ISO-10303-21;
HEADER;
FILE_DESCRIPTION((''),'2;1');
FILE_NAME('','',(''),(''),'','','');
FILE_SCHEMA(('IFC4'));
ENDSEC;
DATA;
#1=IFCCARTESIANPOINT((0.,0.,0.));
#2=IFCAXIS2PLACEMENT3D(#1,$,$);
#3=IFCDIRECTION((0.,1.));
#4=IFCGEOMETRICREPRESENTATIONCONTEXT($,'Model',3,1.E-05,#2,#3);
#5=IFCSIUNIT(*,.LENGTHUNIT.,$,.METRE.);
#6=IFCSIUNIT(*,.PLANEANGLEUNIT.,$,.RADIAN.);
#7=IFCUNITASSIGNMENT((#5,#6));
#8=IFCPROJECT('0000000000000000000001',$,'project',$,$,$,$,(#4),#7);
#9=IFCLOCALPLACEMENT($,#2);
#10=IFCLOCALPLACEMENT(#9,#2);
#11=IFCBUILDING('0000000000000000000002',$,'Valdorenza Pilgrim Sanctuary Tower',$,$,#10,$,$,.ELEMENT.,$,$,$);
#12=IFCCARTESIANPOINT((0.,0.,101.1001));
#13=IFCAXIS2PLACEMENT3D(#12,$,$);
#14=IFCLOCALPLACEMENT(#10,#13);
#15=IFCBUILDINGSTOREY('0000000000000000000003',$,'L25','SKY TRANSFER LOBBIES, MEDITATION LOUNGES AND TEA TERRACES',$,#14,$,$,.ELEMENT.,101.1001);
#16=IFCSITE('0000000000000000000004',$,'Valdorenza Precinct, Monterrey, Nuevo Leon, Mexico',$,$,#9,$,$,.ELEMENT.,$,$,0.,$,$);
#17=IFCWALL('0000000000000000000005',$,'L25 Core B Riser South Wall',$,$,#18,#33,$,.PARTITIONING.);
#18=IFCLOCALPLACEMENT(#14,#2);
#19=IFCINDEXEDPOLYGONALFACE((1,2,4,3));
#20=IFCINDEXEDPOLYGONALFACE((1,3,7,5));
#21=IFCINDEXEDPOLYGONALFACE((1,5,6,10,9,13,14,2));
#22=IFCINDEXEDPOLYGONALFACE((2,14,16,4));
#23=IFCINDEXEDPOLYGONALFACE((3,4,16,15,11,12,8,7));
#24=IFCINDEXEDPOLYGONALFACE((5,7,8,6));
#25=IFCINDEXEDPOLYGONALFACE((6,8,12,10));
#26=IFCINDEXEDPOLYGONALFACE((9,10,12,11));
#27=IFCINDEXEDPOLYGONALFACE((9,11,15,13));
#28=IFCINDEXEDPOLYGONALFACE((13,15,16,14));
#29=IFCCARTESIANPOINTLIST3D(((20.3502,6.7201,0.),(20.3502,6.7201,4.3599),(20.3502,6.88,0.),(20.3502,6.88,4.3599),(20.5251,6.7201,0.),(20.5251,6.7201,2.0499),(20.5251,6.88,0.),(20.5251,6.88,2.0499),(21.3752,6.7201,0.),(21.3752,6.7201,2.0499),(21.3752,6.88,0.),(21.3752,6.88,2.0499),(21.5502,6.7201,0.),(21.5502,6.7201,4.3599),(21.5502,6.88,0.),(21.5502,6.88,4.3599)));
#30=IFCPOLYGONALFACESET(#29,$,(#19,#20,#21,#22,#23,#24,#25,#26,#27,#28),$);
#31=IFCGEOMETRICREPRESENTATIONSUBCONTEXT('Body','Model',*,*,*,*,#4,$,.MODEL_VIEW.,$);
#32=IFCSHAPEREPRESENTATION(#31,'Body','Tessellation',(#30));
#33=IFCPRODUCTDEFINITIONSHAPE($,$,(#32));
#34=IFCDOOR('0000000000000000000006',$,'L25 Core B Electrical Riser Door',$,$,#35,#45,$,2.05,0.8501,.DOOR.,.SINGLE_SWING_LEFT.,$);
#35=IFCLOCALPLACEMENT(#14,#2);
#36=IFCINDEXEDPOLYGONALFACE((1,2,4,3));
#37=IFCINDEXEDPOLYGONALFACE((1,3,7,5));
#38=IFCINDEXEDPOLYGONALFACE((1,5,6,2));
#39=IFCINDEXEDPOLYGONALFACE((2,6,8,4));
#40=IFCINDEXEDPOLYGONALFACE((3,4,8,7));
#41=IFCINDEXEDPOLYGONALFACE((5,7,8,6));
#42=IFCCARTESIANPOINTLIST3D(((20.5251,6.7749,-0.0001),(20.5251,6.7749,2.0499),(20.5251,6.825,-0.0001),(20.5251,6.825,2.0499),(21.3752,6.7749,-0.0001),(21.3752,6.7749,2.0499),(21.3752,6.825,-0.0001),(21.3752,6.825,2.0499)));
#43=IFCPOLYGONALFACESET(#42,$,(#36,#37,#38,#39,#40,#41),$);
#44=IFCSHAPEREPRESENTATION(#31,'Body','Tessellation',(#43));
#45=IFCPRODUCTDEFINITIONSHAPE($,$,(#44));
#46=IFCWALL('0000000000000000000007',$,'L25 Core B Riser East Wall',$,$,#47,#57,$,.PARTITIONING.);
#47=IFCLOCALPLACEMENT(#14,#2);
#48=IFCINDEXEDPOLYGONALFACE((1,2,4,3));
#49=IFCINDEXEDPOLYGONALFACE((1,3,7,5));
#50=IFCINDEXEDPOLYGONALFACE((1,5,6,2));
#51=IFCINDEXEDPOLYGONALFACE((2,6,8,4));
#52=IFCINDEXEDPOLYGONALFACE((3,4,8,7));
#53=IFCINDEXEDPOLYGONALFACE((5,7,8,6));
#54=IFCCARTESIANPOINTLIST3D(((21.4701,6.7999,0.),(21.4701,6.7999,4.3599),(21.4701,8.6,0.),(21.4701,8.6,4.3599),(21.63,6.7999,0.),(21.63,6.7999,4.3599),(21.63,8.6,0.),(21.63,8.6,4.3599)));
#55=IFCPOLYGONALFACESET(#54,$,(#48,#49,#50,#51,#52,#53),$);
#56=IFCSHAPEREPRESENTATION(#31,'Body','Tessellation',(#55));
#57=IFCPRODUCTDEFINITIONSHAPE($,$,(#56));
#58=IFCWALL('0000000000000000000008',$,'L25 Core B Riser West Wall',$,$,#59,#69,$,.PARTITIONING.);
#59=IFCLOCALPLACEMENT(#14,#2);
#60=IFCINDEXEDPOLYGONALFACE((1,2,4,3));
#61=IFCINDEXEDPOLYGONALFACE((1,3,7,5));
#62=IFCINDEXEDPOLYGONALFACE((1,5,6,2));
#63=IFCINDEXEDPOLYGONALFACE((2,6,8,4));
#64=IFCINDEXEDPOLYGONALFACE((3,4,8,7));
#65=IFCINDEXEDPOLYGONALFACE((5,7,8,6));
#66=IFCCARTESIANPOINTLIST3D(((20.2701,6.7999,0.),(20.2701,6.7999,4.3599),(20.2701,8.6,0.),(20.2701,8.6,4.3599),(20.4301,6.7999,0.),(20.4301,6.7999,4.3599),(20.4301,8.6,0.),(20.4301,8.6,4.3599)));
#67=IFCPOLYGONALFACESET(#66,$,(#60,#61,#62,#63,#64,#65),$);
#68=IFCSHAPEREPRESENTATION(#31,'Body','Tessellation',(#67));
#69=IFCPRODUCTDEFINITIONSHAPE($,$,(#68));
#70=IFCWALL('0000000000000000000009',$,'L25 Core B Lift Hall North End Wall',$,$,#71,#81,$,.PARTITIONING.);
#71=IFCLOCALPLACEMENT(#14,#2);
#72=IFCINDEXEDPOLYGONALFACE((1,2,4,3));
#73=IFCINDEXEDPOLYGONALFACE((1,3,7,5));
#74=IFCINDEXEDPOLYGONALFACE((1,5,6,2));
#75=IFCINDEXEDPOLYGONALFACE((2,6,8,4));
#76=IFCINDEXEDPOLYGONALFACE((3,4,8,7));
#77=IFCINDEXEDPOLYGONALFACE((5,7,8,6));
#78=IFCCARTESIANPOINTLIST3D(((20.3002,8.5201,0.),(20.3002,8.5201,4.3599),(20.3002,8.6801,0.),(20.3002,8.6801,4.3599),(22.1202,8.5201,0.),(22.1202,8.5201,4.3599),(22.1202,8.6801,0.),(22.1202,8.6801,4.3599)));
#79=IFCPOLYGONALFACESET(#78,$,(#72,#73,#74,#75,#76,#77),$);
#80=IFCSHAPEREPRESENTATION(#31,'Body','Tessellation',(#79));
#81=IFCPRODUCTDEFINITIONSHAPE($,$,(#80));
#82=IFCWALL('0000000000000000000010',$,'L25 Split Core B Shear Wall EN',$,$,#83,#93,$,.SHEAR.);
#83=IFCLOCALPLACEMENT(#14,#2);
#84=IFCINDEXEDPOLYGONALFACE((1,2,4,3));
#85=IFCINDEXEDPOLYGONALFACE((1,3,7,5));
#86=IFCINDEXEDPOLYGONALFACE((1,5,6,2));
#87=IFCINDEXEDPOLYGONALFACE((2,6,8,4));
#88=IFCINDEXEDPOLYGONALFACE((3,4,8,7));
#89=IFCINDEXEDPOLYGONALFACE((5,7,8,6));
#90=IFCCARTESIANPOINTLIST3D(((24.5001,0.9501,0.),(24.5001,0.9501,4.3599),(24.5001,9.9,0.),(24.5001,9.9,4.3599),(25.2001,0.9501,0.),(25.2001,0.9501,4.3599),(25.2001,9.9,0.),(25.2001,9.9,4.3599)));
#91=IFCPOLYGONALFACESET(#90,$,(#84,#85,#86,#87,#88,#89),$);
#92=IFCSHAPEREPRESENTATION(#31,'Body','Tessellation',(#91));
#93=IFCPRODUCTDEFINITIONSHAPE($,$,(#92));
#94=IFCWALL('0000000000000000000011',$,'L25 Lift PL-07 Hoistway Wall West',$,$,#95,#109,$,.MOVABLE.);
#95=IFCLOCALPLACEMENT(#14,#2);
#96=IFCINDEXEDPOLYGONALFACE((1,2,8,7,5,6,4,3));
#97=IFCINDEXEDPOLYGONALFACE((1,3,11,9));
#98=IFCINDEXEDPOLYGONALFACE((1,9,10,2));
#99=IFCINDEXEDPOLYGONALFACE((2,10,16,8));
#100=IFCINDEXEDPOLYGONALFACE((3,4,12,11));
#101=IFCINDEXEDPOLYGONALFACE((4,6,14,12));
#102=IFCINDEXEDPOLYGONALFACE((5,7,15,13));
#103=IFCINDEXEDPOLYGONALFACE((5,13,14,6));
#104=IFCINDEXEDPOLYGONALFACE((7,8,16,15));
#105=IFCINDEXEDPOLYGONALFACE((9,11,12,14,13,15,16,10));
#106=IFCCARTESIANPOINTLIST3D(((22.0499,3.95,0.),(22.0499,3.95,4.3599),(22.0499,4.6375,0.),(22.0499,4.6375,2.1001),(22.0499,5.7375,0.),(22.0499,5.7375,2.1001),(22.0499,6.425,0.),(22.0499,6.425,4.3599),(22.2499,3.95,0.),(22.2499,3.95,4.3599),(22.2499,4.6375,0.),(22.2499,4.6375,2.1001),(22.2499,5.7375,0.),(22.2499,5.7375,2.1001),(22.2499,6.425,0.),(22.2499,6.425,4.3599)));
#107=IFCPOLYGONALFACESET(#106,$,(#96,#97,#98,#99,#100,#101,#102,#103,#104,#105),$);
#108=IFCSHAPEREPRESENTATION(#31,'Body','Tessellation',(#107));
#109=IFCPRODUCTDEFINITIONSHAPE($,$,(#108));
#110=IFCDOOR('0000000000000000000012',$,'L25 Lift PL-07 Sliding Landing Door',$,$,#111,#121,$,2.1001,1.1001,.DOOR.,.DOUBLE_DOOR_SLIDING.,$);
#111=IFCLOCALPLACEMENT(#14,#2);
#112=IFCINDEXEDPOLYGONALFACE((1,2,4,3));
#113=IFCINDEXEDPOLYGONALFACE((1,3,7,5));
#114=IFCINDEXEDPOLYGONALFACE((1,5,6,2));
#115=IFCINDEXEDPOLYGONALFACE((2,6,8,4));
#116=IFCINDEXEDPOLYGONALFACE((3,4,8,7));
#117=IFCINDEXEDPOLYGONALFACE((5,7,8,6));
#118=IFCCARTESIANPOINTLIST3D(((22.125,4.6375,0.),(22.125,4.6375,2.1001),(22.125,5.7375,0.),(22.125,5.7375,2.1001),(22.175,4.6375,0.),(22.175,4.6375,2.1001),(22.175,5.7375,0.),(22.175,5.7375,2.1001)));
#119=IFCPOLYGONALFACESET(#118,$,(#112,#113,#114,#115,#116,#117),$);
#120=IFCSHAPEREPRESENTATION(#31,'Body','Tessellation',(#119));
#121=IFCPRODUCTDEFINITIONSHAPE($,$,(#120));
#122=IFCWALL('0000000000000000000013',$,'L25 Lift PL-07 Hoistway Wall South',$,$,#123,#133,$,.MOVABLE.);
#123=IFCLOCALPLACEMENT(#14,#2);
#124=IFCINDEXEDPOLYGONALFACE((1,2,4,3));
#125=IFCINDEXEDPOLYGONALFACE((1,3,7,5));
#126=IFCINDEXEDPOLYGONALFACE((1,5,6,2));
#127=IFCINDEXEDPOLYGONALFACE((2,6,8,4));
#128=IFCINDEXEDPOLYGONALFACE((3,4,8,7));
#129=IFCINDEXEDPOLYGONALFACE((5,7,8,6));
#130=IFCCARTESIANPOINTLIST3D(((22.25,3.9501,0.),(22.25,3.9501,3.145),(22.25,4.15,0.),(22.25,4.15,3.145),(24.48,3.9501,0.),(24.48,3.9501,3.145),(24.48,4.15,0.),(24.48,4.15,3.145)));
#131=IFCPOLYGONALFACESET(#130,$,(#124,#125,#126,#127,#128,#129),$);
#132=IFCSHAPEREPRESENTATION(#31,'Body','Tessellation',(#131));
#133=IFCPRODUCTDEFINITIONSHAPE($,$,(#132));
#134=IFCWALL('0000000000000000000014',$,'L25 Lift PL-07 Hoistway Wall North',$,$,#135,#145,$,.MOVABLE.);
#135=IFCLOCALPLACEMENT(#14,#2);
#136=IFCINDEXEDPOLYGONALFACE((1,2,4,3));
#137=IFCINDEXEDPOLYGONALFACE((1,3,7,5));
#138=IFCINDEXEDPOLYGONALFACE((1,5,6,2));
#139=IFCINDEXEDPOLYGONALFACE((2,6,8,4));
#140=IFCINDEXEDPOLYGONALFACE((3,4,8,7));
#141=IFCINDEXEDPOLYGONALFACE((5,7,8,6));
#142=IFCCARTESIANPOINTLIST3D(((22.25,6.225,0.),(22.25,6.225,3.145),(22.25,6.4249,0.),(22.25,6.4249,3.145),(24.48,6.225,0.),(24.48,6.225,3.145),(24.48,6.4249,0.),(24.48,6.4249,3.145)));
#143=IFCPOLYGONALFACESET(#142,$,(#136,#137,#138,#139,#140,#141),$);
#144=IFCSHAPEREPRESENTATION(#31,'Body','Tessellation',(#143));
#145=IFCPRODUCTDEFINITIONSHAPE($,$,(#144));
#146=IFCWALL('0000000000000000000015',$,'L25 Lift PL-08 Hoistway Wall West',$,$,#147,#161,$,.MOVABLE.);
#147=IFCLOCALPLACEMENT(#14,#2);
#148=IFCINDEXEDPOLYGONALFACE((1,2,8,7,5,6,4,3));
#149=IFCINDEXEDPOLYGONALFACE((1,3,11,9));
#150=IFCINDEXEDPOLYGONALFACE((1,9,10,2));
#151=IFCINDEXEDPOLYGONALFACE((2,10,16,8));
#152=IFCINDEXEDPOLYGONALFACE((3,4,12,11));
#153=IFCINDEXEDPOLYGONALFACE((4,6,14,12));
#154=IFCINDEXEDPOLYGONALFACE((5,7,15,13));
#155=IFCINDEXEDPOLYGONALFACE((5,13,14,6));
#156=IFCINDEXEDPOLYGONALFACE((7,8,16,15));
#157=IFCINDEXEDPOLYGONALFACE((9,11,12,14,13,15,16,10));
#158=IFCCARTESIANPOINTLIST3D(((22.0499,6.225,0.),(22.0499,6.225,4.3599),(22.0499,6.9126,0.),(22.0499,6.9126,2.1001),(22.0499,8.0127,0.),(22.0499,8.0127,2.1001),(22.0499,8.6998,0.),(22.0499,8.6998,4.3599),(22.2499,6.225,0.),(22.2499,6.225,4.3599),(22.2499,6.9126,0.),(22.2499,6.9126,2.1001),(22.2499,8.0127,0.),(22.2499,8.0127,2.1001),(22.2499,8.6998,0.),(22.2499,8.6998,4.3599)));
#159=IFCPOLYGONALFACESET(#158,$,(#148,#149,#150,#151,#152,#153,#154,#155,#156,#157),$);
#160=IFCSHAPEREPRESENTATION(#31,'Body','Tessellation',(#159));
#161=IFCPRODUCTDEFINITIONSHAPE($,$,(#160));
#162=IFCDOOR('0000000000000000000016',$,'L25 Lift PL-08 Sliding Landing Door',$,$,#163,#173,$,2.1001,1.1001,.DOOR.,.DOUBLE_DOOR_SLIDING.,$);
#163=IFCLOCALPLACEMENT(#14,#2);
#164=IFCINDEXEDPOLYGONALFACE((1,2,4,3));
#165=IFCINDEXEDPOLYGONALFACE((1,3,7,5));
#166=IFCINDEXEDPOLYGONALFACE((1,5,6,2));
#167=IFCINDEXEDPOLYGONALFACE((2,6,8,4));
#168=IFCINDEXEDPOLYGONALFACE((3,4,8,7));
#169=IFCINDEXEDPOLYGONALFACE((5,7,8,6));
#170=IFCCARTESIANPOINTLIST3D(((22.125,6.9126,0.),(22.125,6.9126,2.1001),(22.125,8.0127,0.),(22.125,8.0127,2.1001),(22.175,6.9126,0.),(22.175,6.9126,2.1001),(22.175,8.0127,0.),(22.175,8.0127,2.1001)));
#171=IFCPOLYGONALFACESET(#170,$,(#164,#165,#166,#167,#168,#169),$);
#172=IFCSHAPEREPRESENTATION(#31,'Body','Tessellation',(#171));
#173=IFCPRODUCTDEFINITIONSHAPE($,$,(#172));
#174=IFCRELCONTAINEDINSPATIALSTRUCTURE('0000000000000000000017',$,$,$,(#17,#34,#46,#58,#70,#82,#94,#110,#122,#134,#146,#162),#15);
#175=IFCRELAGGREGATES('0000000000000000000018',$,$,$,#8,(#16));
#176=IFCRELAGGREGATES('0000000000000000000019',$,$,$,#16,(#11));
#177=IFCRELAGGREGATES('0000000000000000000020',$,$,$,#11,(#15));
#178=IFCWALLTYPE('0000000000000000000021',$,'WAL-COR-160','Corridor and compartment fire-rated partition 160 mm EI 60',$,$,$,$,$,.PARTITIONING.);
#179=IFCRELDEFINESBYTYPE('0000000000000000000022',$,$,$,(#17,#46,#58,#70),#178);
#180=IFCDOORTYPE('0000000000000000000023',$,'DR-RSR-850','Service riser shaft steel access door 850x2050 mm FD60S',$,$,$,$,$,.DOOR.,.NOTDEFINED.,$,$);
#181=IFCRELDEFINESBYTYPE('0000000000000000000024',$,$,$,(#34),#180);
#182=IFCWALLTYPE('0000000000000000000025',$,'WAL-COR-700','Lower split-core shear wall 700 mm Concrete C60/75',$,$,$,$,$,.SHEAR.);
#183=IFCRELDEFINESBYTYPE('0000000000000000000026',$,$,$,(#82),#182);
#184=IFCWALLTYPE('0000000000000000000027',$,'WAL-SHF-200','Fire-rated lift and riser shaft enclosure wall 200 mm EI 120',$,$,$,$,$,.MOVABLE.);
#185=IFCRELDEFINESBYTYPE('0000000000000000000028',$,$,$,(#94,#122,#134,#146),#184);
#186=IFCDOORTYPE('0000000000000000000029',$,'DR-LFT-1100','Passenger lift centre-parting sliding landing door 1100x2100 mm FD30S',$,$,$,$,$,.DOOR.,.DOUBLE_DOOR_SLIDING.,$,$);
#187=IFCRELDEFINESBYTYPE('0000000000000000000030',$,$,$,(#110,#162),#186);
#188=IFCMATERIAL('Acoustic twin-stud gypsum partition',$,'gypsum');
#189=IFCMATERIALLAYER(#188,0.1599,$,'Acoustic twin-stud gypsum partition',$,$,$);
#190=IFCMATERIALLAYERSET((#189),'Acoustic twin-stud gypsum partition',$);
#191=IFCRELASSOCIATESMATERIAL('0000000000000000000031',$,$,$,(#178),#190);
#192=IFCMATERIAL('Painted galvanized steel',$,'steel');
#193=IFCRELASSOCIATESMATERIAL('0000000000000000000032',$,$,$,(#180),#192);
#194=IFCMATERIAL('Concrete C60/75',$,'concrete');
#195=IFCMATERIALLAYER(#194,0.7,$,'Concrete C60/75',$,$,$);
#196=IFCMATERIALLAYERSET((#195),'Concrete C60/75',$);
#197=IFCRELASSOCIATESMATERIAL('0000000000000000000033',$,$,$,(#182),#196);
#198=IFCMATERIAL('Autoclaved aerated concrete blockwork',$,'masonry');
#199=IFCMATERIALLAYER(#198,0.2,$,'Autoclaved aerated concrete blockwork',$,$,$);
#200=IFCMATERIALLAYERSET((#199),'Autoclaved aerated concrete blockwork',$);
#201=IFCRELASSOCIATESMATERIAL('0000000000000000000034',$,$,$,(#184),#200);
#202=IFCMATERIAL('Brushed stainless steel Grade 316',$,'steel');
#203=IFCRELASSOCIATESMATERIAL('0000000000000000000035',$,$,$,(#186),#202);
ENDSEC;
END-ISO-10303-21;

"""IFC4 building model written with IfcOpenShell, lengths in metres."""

from ifc_helpers import new_model, si_unit, direction, frame, frame_2d, origin, place, context, subcontext, project, spatial, rectangle, extrude, material, layer, layer_set, type_object, element, fill, save


model = new_model("IFC4")

# Units and contexts
model_context = context("Model", 3, precision=1e-05, world=origin(), true_north=direction((0.0, 1.0)))
body_context = subcontext(model_context, "Body", "Model", "MODEL_VIEW")
ifc_project = project(units=[si_unit("LENGTHUNIT", "METRE"), si_unit("PLANEANGLEUNIT", "RADIAN")], contexts=[model_context])

# Site, building, storey
site_placement = place(None, origin())
site = spatial("IfcSite", under=ifc_project, at=site_placement, Name="Valdorenza Precinct, Monterrey, Nuevo Leon, Mexico", CompositionType="ELEMENT", RefElevation=0.0)
building_placement = place(site_placement, origin())
building = spatial("IfcBuilding", under=site, at=building_placement, Name="Valdorenza Pilgrim Sanctuary Tower", CompositionType="ELEMENT")
storey_placement = place(building_placement, frame((0.0, 0.0, 101.1001)))
storey = spatial("IfcBuildingStorey", under=building, at=storey_placement, Name="L25", Description="SKY TRANSFER LOBBIES, MEDITATION LOUNGES AND TEA TERRACES", CompositionType="ELEMENT", Elevation=101.1001)

# Wall, opening, door
ifc_material_1 = material(Name="Acoustic twin-stud gypsum partition", Category="gypsum")
ifc_layer_1 = layer(ifc_material_1, 0.1599, Name="Acoustic twin-stud gypsum partition")
ifc_layer_set_1 = layer_set([ifc_layer_1], Name="Acoustic twin-stud gypsum partition")
wall_type_1 = type_object("IfcWallType", Name="WAL-COR-160", Description="Corridor and compartment fire-rated partition 160 mm EI 60", PredefinedType="PARTITIONING", material=ifc_layer_set_1)
wall_1_placement = place(storey_placement, frame((20.3501, 6.8, 0.0), z_axis=(0.0, 0.0, 1.0), x_axis=(1.0, 0.0, 0.0)))
wall_1 = element("IfcWall", 1, at=wall_1_placement, inside=storey, type_object=wall_type_1, Name="L25 Core B Riser South Wall", PredefinedType="PARTITIONING", context=body_context, shape_type="SweptSolid", body=[
    extrude(rectangle(XDim=1.2, YDim=0.1599, at=frame_2d((0.6001, 0.0))), origin(), (0.0, 0.0, 1.0), 4.3599),
])
opening_1_placement = place(wall_1_placement, frame((0.175, 0.0, 0.0)))
opening_1 = element("IfcOpeningElement", 2, at=opening_1_placement, cuts=wall_1, PredefinedType="OPENING", context=body_context, shape_type="SweptSolid", body=[
    extrude(rectangle(XDim=0.8501, YDim=2.05, at=frame_2d((0.425, 1.0249))), frame((0.0, 0.0947, 0.0), z_axis=(0.0, -1.0, 0.0), x_axis=(1.0, 0.0, 0.0)), (0.0, 0.0, 1.0), 0.1897),
])
ifc_material_2 = material(Name="Painted galvanized steel", Category="steel")
door_type_1 = type_object("IfcDoorType", Name="DR-RSR-850", Description="Service riser shaft steel access door 850x2050 mm FD60S", OperationType="NOTDEFINED", PredefinedType="DOOR", material=ifc_material_2)
door_1_placement = place(opening_1_placement, origin())
door_1 = element("IfcDoor", 3, at=door_1_placement, inside=storey, type_object=door_type_1, Name="L25 Core B Electrical Riser Door", OperationType="SINGLE_SWING_LEFT", OverallHeight=2.05, OverallWidth=0.8501, PredefinedType="DOOR", context=body_context, shape_type="SweptSolid", body=[
    extrude(rectangle(XDim=0.8501, YDim=2.05, at=frame_2d((0.425, 1.0249))), frame((0.0, 0.0249, 0.0), z_axis=(0.0, -1.0, 0.0), x_axis=(1.0, 0.0, 0.0)), (0.0, 0.0, 1.0), 0.05),
])
fill(opening_1, door_1)

# Walls
for number, where, z_axis, x_axis, name in (
    (4, (21.55, 6.8, 0.0), (0.0, 0.0, 1.0), (0.0, 1.0, 0.0), "L25 Core B Riser East Wall"),
    (5, (20.3501, 6.8, 0.0), (0.0, 0.0, 1.0), (0.0, 1.0, 0.0), "L25 Core B Riser West Wall"),
):
    element("IfcWall", number, at=place(storey_placement, frame(where, z_axis=z_axis, x_axis=x_axis)), inside=storey, type_object=wall_type_1, Name=name, PredefinedType="PARTITIONING", context=body_context, shape_type="SweptSolid", body=[
        extrude(rectangle(XDim=1.8, YDim=0.1599, at=frame_2d((0.8999, 0.0))), origin(), (0.0, 0.0, 1.0), 4.3599),
    ])
wall_2_placement = place(storey_placement, frame((20.3, 8.6001, 0.0), z_axis=(0.0, 0.0, 1.0), x_axis=(1.0, 0.0, 0.0)))
element("IfcWall", 6, at=wall_2_placement, inside=storey, type_object=wall_type_1, Name="L25 Core B Lift Hall North End Wall", PredefinedType="PARTITIONING", context=body_context, shape_type="SweptSolid", body=[
    extrude(rectangle(XDim=1.8201, YDim=0.1599, at=frame_2d((0.9102, 0.0))), origin(), (0.0, 0.0, 1.0), 4.3599),
])
ifc_material_3 = material(Name="Concrete C60/75", Category="concrete")
ifc_layer_2 = layer(ifc_material_3, 0.7, Name="Concrete C60/75")
ifc_layer_set_2 = layer_set([ifc_layer_2], Name="Concrete C60/75")
wall_type_2 = type_object("IfcWallType", Name="WAL-COR-700", Description="Lower split-core shear wall 700 mm Concrete C60/75", PredefinedType="SHEAR", material=ifc_layer_set_2)
wall_3_placement = place(storey_placement, frame((24.8501, 0.95, 0.0), z_axis=(0.0, 0.0, 1.0), x_axis=(0.0, 1.0, 0.0)))
element("IfcWall", 7, at=wall_3_placement, inside=storey, type_object=wall_type_2, Name="L25 Split Core B Shear Wall EN", PredefinedType="SHEAR", context=body_context, shape_type="SweptSolid", body=[
    extrude(rectangle(XDim=8.95, YDim=0.7, at=frame_2d((4.4751, 0.0))), origin(), (0.0, 0.0, 1.0), 4.3599),
])

# Wall, opening, door
ifc_material_4 = material(Name="Autoclaved aerated concrete blockwork", Category="masonry")
ifc_layer_3 = layer(ifc_material_4, 0.2, Name="Autoclaved aerated concrete blockwork")
ifc_layer_set_3 = layer_set([ifc_layer_3], Name="Autoclaved aerated concrete blockwork")
wall_type_3 = type_object("IfcWallType", Name="WAL-SHF-200", Description="Fire-rated lift and riser shaft enclosure wall 200 mm EI 120", PredefinedType="MOVABLE", material=ifc_layer_set_3)
wall_4_placement = place(storey_placement, frame((22.1499, 3.95, 0.0), z_axis=(0.0, 0.0, 1.0), x_axis=(0.0, 1.0, 0.0)))
wall_4 = element("IfcWall", 8, at=wall_4_placement, inside=storey, type_object=wall_type_3, Name="L25 Lift PL-07 Hoistway Wall West", PredefinedType="MOVABLE", context=body_context, shape_type="SweptSolid", body=[
    extrude(rectangle(XDim=2.4751, YDim=0.2, at=frame_2d((1.2375, 0.0))), origin(), (0.0, 0.0, 1.0), 4.3599),
])
opening_2_placement = place(wall_4_placement, frame((0.6875, 0.0, 0.0)))
opening_2 = element("IfcOpeningElement", 9, at=opening_2_placement, cuts=wall_4, PredefinedType="OPENING", context=body_context, shape_type="SweptSolid", body=[
    extrude(rectangle(XDim=1.1001, YDim=2.1001, at=frame_2d((0.55, 1.05))), frame((0.0, 0.1147, 0.0), z_axis=(0.0, -1.0, 0.0), x_axis=(1.0, 0.0, 0.0)), (0.0, 0.0, 1.0), 0.2297),
])
ifc_material_5 = material(Name="Brushed stainless steel Grade 316", Category="steel")
door_type_2 = type_object("IfcDoorType", Name="DR-LFT-1100", Description="Passenger lift centre-parting sliding landing door 1100x2100 mm FD30S", OperationType="DOUBLE_DOOR_SLIDING", PredefinedType="DOOR", material=ifc_material_5)
door_2_placement = place(opening_2_placement, origin())
door_2 = element("IfcDoor", 10, at=door_2_placement, inside=storey, type_object=door_type_2, Name="L25 Lift PL-07 Sliding Landing Door", OperationType="DOUBLE_DOOR_SLIDING", OverallHeight=2.1001, OverallWidth=1.1001, PredefinedType="DOOR", context=body_context, shape_type="SweptSolid", body=[
    extrude(rectangle(XDim=1.1001, YDim=2.1001, at=frame_2d((0.55, 1.05))), frame((0.0, 0.0249, 0.0), z_axis=(0.0, -1.0, 0.0), x_axis=(1.0, 0.0, 0.0)), (0.0, 0.0, 1.0), 0.05),
])
fill(opening_2, door_2)

# Walls
for number, where, z_axis, x_axis, name in (
    (11, (22.25, 4.05, 0.0), (0.0, 0.0, 1.0), (1.0, 0.0, 0.0), "L25 Lift PL-07 Hoistway Wall South"),
    (12, (22.25, 6.325, 0.0), (0.0, 0.0, 1.0), (1.0, 0.0, 0.0), "L25 Lift PL-07 Hoistway Wall North"),
):
    element("IfcWall", number, at=place(storey_placement, frame(where, z_axis=z_axis, x_axis=x_axis)), inside=storey, type_object=wall_type_3, Name=name, PredefinedType="MOVABLE", context=body_context, shape_type="SweptSolid", body=[
        extrude(rectangle(XDim=2.23, YDim=0.2, at=frame_2d((1.115, 0.0))), origin(), (0.0, 0.0, 1.0), 3.145),
    ])

# Wall, opening, door
wall_5_placement = place(storey_placement, frame((22.1499, 6.2251, 0.0), z_axis=(0.0, 0.0, 1.0), x_axis=(0.0, 1.0, 0.0)))
wall_5 = element("IfcWall", 13, at=wall_5_placement, inside=storey, type_object=wall_type_3, Name="L25 Lift PL-08 Hoistway Wall West", PredefinedType="MOVABLE", context=body_context, shape_type="SweptSolid", body=[
    extrude(rectangle(XDim=2.4749, YDim=0.2, at=frame_2d((1.2373, 0.0))), origin(), (0.0, 0.0, 1.0), 4.3599),
])
opening_3_placement = place(wall_5_placement, frame((0.6875, 0.0, 0.0)))
opening_3 = element("IfcOpeningElement", 14, at=opening_3_placement, cuts=wall_5, PredefinedType="OPENING", context=body_context, shape_type="SweptSolid", body=[
    extrude(rectangle(XDim=1.1001, YDim=2.1001, at=frame_2d((0.55, 1.05))), frame((0.0, 0.1147, 0.0), z_axis=(0.0, -1.0, 0.0), x_axis=(1.0, 0.0, 0.0)), (0.0, 0.0, 1.0), 0.2297),
])
door_3_placement = place(opening_3_placement, origin())
door_3 = element("IfcDoor", 15, at=door_3_placement, inside=storey, type_object=door_type_2, Name="L25 Lift PL-08 Sliding Landing Door", OperationType="DOUBLE_DOOR_SLIDING", OverallHeight=2.1001, OverallWidth=1.1001, PredefinedType="DOOR", context=body_context, shape_type="SweptSolid", body=[
    extrude(rectangle(XDim=1.1001, YDim=2.1001, at=frame_2d((0.55, 1.05))), frame((0.0, 0.0249, 0.0), z_axis=(0.0, -1.0, 0.0), x_axis=(1.0, 0.0, 0.0)), (0.0, 0.0, 1.0), 0.05),
])
fill(opening_3, door_3)

save(model, "model.ifc")
